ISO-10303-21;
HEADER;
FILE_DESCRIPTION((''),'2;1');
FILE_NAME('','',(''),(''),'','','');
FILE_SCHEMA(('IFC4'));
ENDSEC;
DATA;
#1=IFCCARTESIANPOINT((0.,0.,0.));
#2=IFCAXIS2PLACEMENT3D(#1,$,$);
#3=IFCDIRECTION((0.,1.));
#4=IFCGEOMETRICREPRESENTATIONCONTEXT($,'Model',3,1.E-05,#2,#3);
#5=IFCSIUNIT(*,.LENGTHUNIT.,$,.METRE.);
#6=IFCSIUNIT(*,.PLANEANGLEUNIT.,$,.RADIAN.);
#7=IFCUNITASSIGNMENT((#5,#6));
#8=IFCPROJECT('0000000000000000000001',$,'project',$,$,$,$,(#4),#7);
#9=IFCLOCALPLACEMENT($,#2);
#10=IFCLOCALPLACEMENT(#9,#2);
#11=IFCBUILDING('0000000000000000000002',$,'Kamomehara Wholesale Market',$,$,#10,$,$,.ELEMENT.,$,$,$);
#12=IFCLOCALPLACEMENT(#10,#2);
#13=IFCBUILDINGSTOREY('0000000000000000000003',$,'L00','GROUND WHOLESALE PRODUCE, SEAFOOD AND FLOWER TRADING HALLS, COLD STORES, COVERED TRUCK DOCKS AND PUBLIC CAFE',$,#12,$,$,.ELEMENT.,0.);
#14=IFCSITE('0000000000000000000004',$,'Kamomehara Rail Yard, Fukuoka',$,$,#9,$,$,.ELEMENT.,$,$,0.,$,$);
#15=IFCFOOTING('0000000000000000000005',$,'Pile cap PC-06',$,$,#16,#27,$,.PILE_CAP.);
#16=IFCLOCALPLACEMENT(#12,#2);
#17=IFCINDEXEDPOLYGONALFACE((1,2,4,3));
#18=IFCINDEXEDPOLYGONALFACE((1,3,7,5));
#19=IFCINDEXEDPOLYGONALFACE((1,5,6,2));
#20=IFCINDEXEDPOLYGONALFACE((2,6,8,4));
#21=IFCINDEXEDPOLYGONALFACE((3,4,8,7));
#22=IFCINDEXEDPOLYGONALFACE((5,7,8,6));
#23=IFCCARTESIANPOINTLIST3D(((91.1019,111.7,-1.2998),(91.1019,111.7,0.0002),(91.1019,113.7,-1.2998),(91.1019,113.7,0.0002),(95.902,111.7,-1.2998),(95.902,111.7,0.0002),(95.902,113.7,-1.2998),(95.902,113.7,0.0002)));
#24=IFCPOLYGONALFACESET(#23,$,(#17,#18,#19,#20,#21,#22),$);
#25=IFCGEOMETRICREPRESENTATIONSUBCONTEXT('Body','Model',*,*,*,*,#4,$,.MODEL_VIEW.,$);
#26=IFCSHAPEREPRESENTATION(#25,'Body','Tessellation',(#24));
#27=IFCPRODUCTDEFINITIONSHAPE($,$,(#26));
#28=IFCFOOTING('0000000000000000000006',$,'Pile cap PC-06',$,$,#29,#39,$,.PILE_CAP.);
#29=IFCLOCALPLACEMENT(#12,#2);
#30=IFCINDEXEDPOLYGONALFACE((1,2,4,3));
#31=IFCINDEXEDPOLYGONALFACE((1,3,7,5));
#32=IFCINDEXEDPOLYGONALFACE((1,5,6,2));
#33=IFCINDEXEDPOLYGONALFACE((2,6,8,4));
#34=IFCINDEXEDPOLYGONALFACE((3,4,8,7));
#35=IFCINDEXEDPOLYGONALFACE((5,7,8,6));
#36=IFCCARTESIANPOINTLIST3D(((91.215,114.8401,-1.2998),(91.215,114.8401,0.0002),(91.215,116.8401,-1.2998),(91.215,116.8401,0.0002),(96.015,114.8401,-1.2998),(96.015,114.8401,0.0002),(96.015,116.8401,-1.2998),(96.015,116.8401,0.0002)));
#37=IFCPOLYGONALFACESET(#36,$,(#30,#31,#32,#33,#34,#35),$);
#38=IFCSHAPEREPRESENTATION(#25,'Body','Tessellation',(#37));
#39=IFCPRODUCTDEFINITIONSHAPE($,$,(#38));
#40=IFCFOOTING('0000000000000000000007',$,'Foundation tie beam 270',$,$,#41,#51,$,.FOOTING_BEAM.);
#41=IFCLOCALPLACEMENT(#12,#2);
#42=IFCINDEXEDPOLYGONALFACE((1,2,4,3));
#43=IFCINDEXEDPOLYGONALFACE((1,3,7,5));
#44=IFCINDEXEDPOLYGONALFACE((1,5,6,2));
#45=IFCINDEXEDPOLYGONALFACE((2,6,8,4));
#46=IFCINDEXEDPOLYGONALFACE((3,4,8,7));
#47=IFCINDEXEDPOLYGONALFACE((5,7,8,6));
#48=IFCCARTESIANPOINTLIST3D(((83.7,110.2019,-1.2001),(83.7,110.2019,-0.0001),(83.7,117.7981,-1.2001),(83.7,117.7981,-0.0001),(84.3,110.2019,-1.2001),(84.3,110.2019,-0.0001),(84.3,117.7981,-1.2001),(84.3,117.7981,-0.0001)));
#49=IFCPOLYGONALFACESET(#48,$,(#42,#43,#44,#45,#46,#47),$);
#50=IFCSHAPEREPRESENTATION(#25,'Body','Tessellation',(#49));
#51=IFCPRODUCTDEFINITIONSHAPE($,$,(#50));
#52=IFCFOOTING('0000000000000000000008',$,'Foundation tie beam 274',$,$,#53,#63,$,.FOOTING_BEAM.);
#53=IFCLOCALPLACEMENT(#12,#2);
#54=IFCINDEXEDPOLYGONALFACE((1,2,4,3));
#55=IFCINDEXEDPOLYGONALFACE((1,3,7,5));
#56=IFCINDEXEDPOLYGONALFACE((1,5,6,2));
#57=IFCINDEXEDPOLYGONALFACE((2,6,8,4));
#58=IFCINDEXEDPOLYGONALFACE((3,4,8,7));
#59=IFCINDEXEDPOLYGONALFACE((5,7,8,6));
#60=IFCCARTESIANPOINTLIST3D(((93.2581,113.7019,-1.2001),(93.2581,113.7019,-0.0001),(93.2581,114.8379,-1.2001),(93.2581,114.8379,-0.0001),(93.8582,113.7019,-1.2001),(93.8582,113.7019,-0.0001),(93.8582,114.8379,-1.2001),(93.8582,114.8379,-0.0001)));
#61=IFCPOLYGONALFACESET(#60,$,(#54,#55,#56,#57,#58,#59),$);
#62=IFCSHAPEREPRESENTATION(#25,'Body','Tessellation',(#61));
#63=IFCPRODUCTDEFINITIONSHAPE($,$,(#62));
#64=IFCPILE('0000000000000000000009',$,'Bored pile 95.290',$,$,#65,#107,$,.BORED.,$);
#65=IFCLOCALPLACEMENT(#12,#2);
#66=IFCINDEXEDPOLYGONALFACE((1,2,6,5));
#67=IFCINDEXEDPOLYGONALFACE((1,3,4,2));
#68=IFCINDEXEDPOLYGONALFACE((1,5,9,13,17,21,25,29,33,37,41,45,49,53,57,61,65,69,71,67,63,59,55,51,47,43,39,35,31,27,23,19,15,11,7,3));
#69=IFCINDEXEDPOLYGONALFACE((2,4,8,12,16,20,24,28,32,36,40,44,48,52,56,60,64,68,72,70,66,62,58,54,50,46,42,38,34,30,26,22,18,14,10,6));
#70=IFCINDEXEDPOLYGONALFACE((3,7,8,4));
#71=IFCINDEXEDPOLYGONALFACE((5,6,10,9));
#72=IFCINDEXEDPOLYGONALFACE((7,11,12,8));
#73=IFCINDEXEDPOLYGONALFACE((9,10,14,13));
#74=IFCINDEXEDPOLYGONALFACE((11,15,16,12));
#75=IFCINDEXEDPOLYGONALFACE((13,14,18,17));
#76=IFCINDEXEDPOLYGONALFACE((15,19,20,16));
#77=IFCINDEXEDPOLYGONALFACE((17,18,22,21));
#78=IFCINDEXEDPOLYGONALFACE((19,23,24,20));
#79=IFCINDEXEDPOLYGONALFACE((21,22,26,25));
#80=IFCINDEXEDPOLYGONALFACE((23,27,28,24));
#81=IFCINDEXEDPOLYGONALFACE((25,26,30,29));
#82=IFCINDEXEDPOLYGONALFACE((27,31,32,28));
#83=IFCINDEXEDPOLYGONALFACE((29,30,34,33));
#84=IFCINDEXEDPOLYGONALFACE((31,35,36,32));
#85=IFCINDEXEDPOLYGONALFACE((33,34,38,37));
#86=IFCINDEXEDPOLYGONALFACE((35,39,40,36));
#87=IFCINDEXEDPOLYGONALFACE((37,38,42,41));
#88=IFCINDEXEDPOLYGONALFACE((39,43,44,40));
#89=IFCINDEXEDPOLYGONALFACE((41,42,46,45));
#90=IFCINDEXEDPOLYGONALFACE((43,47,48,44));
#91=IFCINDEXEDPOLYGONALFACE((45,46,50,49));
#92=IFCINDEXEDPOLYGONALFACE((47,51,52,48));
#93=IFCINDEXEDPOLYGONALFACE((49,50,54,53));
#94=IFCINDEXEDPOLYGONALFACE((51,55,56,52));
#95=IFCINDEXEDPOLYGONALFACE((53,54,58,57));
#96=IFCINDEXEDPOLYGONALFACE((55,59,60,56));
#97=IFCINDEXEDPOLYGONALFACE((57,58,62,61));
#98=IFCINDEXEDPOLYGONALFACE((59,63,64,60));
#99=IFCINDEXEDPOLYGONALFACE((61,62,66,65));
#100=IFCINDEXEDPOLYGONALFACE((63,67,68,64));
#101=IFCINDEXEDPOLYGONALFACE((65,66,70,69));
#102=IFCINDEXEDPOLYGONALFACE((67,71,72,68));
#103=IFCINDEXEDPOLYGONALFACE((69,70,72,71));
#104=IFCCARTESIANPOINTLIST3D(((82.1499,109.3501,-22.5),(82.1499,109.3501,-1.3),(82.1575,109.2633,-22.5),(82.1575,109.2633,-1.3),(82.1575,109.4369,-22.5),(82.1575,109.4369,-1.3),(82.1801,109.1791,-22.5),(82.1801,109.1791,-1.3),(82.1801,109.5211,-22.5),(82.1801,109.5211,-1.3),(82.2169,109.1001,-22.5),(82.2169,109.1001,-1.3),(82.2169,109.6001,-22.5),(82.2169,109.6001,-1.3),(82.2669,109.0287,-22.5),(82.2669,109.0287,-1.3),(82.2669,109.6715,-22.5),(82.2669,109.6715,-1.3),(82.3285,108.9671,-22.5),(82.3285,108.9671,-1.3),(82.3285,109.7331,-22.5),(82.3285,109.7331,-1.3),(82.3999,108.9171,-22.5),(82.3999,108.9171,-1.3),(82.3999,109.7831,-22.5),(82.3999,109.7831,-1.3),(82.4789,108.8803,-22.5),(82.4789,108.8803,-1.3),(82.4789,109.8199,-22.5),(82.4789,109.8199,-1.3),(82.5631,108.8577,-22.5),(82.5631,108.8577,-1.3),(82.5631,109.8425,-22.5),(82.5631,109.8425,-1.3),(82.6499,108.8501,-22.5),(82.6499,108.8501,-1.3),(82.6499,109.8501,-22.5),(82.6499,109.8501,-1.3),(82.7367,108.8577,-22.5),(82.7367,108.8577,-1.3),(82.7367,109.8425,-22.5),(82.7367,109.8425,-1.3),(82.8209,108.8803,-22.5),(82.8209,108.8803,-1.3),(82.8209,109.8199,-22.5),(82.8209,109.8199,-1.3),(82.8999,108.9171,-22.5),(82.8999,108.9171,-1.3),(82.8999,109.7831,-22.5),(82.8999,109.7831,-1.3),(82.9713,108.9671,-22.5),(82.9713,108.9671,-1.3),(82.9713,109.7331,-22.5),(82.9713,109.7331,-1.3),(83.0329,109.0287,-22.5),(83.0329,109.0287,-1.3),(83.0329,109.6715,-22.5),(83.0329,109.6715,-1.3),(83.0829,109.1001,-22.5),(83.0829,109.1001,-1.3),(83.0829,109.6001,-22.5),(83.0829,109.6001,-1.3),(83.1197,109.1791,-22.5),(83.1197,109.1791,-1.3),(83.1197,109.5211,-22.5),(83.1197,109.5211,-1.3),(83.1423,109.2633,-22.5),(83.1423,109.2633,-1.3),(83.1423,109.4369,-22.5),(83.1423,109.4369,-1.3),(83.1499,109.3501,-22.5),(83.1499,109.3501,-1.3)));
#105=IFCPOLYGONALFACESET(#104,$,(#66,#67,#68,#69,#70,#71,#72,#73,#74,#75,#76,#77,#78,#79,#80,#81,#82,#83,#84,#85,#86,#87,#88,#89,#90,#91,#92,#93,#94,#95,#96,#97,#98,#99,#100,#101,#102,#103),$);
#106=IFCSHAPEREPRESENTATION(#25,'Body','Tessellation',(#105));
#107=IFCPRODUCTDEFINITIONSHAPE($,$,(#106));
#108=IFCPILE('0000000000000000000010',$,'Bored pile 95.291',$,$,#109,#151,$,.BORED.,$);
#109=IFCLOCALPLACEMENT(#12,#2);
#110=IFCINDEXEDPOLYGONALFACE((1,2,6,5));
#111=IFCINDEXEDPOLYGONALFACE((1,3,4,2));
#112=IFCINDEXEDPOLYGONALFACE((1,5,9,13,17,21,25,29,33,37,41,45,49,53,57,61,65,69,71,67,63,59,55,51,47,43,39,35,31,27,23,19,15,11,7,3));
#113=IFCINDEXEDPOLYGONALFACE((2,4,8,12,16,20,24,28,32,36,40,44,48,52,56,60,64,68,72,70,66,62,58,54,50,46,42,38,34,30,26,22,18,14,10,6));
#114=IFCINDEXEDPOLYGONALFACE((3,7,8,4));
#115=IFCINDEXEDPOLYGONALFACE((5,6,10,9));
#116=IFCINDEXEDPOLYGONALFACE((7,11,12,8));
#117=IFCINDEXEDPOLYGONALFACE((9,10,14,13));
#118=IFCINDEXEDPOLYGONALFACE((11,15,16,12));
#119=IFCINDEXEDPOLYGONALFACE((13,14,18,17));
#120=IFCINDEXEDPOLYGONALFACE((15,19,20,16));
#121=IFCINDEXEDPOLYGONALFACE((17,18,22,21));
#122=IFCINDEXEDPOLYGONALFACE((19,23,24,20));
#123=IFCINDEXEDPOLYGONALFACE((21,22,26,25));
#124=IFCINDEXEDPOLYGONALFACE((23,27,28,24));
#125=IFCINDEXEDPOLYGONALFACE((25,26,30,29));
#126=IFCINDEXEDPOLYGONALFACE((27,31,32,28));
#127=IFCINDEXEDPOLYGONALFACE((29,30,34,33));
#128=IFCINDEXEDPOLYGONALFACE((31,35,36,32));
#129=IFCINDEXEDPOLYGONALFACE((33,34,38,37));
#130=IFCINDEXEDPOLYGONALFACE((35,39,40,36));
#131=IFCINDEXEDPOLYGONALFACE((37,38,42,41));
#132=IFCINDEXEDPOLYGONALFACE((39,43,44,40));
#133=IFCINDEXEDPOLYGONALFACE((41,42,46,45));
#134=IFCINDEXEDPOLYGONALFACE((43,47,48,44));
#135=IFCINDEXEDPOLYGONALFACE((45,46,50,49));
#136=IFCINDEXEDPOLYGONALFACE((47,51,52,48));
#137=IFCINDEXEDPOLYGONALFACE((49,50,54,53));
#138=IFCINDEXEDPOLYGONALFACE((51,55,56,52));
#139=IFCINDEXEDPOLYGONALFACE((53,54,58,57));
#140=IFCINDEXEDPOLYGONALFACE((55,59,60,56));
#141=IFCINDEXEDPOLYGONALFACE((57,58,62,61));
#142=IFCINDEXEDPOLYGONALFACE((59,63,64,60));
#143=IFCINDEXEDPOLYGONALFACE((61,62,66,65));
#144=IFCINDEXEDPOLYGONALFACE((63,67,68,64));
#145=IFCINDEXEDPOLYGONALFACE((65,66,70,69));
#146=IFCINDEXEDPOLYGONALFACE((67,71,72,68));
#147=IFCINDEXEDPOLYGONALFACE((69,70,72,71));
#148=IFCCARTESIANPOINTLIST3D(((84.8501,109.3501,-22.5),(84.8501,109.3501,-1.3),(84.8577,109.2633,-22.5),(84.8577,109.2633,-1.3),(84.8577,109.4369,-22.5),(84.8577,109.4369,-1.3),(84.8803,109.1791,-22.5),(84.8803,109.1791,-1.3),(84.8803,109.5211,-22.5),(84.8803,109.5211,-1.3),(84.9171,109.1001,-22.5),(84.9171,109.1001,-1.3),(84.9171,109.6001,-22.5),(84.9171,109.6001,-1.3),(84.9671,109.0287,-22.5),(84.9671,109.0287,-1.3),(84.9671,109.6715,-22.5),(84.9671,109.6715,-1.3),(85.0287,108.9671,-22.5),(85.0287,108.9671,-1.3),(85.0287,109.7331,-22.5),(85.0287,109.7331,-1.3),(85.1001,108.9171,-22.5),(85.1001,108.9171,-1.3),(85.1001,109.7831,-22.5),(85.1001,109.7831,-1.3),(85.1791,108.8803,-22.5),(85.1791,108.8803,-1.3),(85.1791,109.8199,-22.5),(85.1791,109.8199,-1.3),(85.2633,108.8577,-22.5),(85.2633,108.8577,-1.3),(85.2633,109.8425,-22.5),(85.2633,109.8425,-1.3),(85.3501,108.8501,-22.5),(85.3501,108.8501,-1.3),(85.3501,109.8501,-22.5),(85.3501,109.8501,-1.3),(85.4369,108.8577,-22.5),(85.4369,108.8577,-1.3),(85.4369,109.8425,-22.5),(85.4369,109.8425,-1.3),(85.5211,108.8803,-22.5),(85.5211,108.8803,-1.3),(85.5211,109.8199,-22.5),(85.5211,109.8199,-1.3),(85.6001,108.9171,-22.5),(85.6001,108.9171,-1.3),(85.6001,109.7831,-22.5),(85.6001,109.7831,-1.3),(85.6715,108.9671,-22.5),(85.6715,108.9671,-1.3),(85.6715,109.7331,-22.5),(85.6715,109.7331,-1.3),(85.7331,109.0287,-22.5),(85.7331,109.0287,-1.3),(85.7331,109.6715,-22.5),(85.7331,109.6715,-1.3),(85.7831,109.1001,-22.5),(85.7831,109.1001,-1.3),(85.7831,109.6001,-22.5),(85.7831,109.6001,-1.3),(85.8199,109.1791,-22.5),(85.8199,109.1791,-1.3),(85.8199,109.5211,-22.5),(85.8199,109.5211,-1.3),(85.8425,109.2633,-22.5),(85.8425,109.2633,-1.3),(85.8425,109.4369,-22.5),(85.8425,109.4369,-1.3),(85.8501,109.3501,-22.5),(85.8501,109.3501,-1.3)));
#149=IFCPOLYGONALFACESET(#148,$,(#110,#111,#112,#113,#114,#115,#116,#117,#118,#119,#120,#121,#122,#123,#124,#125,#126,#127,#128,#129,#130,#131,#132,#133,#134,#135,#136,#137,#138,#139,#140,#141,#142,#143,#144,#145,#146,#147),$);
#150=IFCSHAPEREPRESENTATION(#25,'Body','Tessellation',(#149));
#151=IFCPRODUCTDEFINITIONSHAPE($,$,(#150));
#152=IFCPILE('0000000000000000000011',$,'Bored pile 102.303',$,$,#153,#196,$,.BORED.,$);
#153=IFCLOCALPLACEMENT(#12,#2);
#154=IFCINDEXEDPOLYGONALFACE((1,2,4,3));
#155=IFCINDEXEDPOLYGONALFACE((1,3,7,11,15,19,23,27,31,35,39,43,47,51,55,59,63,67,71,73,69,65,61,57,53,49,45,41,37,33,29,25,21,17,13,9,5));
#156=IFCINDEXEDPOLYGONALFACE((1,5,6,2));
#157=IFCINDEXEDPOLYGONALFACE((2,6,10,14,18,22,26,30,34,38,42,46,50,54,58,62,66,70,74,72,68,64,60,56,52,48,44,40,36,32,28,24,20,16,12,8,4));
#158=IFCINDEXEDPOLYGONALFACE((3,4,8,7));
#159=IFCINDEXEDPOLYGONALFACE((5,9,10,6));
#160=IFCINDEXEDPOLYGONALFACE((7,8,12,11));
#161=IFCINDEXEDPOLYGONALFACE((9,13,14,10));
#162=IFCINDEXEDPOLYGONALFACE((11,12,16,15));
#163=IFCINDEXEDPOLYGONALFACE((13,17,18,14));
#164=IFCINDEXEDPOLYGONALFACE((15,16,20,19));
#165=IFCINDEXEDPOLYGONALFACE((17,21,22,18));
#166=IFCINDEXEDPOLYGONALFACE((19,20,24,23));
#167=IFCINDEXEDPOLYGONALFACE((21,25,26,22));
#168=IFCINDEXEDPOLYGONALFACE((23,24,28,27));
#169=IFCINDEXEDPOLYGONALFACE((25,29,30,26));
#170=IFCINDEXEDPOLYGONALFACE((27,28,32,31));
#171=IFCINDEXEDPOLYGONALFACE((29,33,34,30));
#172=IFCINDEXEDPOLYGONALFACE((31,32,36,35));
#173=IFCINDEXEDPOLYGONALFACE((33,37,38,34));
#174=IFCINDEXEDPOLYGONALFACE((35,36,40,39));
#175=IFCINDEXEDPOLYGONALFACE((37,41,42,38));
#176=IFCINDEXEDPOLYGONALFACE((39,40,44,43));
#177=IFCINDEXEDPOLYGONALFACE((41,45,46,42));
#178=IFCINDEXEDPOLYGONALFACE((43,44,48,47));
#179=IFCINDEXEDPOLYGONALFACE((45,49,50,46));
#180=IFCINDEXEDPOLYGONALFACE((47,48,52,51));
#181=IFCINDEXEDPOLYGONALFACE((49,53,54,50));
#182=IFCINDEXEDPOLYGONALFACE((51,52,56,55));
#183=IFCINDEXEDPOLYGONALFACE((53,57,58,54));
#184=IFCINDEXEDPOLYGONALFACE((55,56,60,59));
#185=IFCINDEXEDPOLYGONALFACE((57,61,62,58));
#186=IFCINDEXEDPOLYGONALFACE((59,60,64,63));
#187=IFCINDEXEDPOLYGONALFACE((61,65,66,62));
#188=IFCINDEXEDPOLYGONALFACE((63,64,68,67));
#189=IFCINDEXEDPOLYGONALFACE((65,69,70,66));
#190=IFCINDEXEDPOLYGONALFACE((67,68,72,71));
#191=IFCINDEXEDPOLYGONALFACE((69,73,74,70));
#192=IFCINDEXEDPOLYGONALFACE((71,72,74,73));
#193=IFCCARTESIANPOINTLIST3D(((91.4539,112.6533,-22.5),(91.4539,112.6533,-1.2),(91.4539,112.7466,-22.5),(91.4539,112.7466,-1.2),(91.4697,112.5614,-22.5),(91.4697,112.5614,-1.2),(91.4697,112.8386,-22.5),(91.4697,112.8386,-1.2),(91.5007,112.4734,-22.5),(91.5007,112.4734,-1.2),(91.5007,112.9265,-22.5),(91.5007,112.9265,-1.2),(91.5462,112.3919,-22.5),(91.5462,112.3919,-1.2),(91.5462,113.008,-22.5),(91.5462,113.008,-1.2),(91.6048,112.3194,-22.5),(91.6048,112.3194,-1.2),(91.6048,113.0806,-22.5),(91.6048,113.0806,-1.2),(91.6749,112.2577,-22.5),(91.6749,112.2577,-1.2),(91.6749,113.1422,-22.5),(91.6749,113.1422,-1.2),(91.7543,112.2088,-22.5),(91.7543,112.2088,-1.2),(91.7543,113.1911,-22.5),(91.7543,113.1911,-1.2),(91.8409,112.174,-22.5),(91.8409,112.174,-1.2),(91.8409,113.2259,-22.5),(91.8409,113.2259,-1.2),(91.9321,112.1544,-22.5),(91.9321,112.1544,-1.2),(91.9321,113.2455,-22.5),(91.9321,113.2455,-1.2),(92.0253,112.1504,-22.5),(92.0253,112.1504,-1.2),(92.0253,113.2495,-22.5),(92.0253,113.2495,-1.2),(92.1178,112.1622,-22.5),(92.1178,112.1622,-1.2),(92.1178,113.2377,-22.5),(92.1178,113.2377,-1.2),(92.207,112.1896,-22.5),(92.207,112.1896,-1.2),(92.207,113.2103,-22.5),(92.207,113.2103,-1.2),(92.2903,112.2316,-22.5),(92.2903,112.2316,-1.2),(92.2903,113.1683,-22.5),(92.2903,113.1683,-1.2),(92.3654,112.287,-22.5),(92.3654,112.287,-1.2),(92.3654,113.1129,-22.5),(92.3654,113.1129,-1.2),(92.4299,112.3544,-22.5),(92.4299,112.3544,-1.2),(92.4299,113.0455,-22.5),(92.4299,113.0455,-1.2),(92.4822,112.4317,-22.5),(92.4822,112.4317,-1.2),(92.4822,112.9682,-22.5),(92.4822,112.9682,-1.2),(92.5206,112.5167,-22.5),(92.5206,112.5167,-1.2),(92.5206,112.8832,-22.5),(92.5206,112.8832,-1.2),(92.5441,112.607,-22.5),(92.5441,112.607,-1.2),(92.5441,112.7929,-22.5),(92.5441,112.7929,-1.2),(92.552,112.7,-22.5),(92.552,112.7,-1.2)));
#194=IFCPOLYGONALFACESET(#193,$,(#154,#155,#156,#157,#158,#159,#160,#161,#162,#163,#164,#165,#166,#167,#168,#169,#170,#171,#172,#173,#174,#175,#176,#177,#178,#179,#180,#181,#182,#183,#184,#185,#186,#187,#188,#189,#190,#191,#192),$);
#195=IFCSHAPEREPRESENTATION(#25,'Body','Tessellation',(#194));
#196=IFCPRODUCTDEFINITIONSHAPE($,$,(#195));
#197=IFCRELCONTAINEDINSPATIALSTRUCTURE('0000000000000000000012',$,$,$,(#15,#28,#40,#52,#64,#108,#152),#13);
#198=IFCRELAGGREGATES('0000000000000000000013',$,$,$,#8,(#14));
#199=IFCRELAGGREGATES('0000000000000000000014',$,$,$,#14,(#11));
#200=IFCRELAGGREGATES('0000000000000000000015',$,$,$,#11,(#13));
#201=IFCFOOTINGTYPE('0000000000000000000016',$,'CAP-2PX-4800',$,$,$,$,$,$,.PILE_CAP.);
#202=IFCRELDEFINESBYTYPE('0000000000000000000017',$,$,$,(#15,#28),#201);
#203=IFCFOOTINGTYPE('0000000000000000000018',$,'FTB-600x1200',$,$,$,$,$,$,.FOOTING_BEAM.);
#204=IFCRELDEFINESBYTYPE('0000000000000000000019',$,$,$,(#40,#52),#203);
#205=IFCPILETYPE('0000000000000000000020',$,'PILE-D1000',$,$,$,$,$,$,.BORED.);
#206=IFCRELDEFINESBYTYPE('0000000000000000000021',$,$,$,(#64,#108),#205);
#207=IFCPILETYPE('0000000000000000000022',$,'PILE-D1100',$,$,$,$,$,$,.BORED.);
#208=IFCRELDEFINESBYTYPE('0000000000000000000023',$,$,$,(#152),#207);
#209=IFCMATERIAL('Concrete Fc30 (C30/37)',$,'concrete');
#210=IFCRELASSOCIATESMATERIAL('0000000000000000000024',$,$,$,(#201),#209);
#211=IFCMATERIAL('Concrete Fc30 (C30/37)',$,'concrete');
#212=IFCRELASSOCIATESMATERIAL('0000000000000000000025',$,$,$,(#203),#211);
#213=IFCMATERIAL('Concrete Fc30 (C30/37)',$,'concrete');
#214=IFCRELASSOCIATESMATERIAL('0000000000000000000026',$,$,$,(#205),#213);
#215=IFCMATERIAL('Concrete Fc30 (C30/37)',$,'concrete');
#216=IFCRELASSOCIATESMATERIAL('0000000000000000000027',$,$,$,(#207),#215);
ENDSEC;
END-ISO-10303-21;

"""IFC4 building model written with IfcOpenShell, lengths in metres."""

from ifc_helpers import new_model, si_unit, direction, frame, origin, origin_2d, place, context, subcontext, project, spatial, rectangle, circle, extrude, material, material_profile, profile_set, type_object, element, save


model = new_model("IFC4")

# Units and contexts
model_context = context("Model", 3, precision=1e-05, world=origin(), true_north=direction((0.0, 1.0)))
body_context = subcontext(model_context, "Body", "Model", "MODEL_VIEW")
ifc_project = project(units=[si_unit("LENGTHUNIT", "METRE"), si_unit("PLANEANGLEUNIT", "RADIAN")], contexts=[model_context])

# Site, building, storey
site_placement = place(None, origin())
site = spatial("IfcSite", under=ifc_project, at=site_placement, Name="Kamomehara Rail Yard, Fukuoka", CompositionType="ELEMENT", RefElevation=0.0)
building_placement = place(site_placement, origin())
building = spatial("IfcBuilding", under=site, at=building_placement, Name="Kamomehara Wholesale Market", CompositionType="ELEMENT")
storey_placement = place(building_placement, origin())
storey = spatial("IfcBuildingStorey", under=building, at=storey_placement, Name="L00", Description="GROUND WHOLESALE PRODUCE, SEAFOOD AND FLOWER TRADING HALLS, COLD STORES, COVERED TRUCK DOCKS AND PUBLIC CAFE", CompositionType="ELEMENT", Elevation=0.0)

# Footings
ifc_material_1 = material(Name="Concrete Fc30 (C30/37)", Category="concrete")
footing_type_1 = type_object("IfcFootingType", Name="CAP-2PX-4800", PredefinedType="PILE_CAP", material=ifc_material_1)
for number, where, z_axis, x_axis, name in (
    (1, (93.502, 112.7, -1.2998), (0.0, 0.0, 1.0), (1.0, 0.0, 0.0), "Pile cap PC-06"),
    (2, (93.615, 115.8401, -1.2998), (0.0, 0.0, 1.0), (1.0, 0.0, 0.0), "Pile cap PC-06"),
):
    element("IfcFooting", number, at=place(storey_placement, frame(where, z_axis=z_axis, x_axis=x_axis)), inside=storey, type_object=footing_type_1, Name=name, PredefinedType="PILE_CAP", context=body_context, shape_type="SweptSolid", body=[
        extrude(rectangle(XDim=4.8, YDim=2.0, at=origin_2d()), origin(), (0.0, 0.0, 1.0), 1.3),
    ])
ifc_material_2 = material(Name="Concrete Fc30 (C30/37)", Category="concrete")
ifc_material_profile_1 = material_profile(ifc_material_2, rectangle(XDim=0.6001, YDim=1.2, at=origin_2d()), Name="RC-FTB-600x1200")
ifc_profile_set_1 = profile_set([ifc_material_profile_1], Name="Concrete Fc30 (C30/37)")
footing_type_2 = type_object("IfcFootingType", Name="FTB-600x1200", PredefinedType="FOOTING_BEAM", material=ifc_profile_set_1)
footing_1_placement = place(storey_placement, frame((84.0, 110.2019, -0.6001), z_axis=(0.0, 1.0, 0.0), x_axis=(-1.0, 0.0, 0.0)))
element("IfcFooting", 3, at=footing_1_placement, inside=storey, type_object=footing_type_2, Name="Foundation tie beam 270", PredefinedType="FOOTING_BEAM", context=body_context, shape_type="SweptSolid", body=[
    extrude(rectangle(XDim=0.6001, YDim=1.2, at=origin_2d()), origin(), (0.0, 0.0, 1.0), 7.5962),
])
footing_2_placement = place(storey_placement, frame((93.5581, 113.7019, -0.6001), z_axis=(0.0, 1.0, 0.0), x_axis=(-1.0, 0.0, 0.0)))
element("IfcFooting", 4, at=footing_2_placement, inside=storey, type_object=footing_type_2, Name="Foundation tie beam 274", PredefinedType="FOOTING_BEAM", context=body_context, shape_type="SweptSolid", body=[
    extrude(rectangle(XDim=0.6001, YDim=1.2, at=origin_2d()), origin(), (0.0, 0.0, 1.0), 1.136),
])

# Piles
ifc_material_3 = material(Name="Concrete Fc30 (C30/37)", Category="concrete")
ifc_material_profile_2 = material_profile(ifc_material_3, circle(Radius=0.5, at=origin_2d()), Name="RC-PILE-D1000")
ifc_profile_set_2 = profile_set([ifc_material_profile_2], Name="Concrete Fc30 (C30/37)")
pile_type_1 = type_object("IfcPileType", Name="PILE-D1000", PredefinedType="BORED", material=ifc_profile_set_2)
for number, where, z_axis, x_axis, name in (
    (5, (82.6499, 109.3501, -1.3), (0.0, 0.0, -1.0), (1.0, 0.0, 0.0), "Bored pile 95.290"),
    (6, (85.3501, 109.3501, -1.3), (0.0, 0.0, -1.0), (1.0, 0.0, 0.0), "Bored pile 95.291"),
):
    element("IfcPile", number, at=place(storey_placement, frame(where, z_axis=z_axis, x_axis=x_axis)), inside=storey, type_object=pile_type_1, Name=name, PredefinedType="BORED", context=body_context, shape_type="SweptSolid", body=[
        extrude(circle(Radius=0.5, at=origin_2d()), origin(), (0.0, 0.0, 1.0), 21.2),
    ])
ifc_material_4 = material(Name="Concrete Fc30 (C30/37)", Category="concrete")
ifc_material_profile_3 = material_profile(ifc_material_4, circle(Radius=0.55, at=origin_2d()), Name="RC-PILE-D1100")
ifc_profile_set_3 = profile_set([ifc_material_profile_3], Name="Concrete Fc30 (C30/37)")
pile_type_2 = type_object("IfcPileType", Name="PILE-D1100", PredefinedType="BORED", material=ifc_profile_set_3)
for number, where, z_axis, x_axis, name in (
    (7, (92.002, 112.7, -1.2), (0.0, 0.0, -1.0), (1.0, 0.0, 0.0), "Bored pile 102.303"),
):
    element("IfcPile", number, at=place(storey_placement, frame(where, z_axis=z_axis, x_axis=x_axis)), inside=storey, type_object=pile_type_2, Name=name, PredefinedType="BORED", context=body_context, shape_type="SweptSolid", body=[
        extrude(circle(Radius=0.55, at=origin_2d()), origin(), (0.0, 0.0, 1.0), 21.3),
    ])

save(model, "model.ifc")
